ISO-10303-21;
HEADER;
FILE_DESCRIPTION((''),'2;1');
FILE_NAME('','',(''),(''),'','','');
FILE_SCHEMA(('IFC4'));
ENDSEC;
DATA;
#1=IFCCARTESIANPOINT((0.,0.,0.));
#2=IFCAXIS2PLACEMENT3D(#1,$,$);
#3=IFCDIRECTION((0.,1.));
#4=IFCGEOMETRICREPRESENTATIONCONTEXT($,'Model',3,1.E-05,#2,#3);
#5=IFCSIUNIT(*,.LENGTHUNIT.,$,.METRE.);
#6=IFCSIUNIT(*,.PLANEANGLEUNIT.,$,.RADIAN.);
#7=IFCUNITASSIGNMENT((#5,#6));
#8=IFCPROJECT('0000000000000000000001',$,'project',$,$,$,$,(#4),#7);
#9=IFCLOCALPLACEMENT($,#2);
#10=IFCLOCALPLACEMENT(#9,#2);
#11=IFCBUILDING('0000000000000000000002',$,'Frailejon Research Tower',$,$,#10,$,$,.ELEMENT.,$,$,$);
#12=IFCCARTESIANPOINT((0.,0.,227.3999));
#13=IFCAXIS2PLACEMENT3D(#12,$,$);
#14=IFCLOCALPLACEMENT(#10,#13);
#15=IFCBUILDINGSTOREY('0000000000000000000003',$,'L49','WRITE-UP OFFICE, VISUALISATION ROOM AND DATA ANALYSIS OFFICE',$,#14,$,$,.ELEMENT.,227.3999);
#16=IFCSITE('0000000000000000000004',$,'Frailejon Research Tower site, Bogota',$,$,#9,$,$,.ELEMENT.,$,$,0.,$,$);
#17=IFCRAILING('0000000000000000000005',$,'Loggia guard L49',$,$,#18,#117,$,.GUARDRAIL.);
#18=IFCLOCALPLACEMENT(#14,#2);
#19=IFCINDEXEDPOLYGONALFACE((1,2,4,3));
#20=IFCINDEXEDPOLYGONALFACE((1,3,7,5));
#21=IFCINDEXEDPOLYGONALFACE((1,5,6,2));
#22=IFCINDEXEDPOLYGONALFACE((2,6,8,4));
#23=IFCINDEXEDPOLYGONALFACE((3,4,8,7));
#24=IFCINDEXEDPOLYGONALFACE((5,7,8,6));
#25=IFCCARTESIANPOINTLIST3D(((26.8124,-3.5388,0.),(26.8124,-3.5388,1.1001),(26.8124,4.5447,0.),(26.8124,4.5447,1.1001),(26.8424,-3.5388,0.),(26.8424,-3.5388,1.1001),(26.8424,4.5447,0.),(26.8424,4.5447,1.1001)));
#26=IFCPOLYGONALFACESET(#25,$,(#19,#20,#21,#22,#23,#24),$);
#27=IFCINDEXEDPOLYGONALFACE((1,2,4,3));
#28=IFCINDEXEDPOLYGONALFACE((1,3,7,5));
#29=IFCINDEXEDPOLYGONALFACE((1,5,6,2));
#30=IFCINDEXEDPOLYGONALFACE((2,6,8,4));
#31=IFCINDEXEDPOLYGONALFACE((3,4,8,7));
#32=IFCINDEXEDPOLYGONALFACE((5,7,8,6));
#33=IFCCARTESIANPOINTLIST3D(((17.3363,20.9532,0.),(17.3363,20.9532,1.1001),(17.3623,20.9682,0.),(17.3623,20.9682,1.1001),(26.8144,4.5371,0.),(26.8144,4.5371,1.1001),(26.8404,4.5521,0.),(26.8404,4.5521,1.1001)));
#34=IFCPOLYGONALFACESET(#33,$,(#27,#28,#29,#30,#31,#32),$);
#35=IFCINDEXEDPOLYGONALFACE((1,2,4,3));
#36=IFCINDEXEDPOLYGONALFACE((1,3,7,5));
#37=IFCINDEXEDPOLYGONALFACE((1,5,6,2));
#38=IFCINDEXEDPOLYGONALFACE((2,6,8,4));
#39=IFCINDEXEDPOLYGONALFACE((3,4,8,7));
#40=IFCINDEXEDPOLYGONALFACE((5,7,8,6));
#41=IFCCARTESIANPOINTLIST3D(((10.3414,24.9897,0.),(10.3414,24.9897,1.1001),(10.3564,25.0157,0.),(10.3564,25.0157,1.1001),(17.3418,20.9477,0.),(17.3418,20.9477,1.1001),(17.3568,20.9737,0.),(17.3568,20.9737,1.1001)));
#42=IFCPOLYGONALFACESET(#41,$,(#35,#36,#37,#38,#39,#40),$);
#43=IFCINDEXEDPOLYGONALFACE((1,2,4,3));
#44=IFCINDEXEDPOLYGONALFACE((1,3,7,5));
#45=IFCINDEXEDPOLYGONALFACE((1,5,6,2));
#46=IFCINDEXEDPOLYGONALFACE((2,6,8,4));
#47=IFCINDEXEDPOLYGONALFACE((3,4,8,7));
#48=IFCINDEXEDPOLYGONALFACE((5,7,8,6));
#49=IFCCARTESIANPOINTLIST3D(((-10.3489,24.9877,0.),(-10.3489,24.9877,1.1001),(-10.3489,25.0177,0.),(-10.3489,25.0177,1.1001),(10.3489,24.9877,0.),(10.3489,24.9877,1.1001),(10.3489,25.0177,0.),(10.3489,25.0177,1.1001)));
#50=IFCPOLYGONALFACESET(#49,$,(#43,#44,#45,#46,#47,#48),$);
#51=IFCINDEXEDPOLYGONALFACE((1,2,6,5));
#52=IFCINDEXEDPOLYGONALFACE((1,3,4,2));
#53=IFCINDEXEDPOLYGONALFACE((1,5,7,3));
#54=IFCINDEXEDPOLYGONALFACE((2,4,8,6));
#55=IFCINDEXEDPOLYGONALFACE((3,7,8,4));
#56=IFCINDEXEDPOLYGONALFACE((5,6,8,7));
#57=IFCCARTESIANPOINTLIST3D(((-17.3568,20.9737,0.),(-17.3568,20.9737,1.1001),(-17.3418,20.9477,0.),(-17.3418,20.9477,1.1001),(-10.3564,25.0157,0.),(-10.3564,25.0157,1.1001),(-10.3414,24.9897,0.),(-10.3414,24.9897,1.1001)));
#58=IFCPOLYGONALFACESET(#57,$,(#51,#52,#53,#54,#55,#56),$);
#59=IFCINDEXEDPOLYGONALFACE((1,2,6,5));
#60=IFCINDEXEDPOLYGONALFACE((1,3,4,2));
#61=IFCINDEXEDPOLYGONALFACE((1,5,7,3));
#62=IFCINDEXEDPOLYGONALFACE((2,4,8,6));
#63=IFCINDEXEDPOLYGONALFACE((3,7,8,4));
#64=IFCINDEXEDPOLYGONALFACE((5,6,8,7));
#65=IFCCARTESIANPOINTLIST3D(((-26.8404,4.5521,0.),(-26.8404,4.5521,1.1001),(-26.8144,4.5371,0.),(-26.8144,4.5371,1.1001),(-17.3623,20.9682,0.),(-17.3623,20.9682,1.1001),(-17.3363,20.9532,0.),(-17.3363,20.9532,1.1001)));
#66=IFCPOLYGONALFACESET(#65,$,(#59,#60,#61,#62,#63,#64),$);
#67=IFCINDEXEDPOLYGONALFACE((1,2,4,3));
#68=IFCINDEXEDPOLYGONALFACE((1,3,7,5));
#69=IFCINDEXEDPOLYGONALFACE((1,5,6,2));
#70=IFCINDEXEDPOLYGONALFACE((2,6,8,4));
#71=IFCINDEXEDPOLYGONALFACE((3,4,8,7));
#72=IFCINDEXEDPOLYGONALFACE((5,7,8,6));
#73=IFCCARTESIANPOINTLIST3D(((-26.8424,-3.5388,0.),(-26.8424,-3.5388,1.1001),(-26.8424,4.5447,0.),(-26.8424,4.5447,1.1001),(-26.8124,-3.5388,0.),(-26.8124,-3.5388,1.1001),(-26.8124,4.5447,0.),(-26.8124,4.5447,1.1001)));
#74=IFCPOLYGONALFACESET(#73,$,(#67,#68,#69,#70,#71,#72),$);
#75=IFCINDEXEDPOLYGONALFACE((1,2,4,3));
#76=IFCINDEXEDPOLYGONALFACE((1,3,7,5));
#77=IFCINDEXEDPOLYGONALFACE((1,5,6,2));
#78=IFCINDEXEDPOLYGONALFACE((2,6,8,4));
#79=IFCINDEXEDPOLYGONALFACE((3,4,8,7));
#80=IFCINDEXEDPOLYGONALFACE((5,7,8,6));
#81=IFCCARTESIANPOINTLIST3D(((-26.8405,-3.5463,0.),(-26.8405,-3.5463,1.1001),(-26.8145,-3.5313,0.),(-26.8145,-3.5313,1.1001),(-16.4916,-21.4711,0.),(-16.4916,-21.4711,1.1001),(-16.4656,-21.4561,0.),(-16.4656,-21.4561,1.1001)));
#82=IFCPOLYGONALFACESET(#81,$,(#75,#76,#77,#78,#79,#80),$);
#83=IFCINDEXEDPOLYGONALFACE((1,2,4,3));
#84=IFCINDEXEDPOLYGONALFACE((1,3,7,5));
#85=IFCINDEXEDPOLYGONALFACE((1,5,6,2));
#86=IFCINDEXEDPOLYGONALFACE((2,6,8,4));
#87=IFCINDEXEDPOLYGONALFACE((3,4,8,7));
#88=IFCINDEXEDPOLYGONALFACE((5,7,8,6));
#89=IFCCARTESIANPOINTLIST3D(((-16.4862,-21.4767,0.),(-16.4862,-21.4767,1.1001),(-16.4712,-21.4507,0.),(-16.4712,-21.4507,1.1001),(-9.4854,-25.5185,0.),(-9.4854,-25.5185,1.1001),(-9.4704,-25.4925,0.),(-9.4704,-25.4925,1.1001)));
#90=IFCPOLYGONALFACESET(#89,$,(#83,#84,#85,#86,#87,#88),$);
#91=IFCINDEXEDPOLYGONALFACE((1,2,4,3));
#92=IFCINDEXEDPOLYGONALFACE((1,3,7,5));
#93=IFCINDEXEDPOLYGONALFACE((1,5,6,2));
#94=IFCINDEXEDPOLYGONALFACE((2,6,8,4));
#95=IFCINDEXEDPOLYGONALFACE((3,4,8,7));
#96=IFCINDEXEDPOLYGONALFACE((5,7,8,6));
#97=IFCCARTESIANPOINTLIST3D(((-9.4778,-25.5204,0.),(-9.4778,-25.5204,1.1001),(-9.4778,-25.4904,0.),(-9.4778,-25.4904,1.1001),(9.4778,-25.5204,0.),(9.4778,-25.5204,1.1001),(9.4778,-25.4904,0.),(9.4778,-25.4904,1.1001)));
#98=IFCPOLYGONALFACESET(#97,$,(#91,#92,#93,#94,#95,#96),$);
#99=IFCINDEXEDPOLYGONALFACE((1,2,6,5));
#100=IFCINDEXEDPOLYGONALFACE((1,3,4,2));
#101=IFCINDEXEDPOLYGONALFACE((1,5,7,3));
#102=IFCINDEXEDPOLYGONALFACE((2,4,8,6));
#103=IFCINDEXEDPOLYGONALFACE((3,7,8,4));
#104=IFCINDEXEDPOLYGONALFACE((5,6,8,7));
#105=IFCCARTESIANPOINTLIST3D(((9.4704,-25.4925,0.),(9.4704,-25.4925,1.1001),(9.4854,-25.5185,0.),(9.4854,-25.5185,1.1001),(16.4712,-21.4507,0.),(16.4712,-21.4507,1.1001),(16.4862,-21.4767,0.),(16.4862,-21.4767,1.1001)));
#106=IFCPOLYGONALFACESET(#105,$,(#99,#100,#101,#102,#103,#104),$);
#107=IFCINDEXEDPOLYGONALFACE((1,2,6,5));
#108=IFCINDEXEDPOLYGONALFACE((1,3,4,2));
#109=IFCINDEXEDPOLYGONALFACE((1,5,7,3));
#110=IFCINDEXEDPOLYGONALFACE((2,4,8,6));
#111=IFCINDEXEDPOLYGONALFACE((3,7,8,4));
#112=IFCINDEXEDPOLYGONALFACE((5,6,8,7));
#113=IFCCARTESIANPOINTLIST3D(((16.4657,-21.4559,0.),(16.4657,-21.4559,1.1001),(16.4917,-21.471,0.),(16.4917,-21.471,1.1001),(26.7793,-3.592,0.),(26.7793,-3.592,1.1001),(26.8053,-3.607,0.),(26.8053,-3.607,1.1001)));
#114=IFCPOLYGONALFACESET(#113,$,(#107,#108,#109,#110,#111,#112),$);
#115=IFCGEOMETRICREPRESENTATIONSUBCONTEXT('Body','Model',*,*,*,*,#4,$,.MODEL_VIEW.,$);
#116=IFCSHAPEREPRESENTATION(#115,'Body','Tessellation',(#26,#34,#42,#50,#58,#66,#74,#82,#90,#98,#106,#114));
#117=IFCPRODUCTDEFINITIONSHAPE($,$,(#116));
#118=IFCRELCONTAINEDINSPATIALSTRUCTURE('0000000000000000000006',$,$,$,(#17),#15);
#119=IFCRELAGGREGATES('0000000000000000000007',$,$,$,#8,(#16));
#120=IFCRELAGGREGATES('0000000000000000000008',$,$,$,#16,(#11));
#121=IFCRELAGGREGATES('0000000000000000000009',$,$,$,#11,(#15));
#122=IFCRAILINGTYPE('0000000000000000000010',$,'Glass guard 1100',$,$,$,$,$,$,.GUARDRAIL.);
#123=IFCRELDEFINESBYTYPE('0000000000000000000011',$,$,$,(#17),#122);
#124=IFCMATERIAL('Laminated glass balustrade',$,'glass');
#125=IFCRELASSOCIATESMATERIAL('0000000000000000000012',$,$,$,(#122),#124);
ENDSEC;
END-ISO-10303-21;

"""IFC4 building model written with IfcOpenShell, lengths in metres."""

from ifc_helpers import new_model, si_unit, direction, frame, origin, origin_2d, place, context, subcontext, project, spatial, rectangle, extrude, material, type_object, element, save


model = new_model("IFC4")

# Units and contexts
model_context = context("Model", 3, precision=1e-05, world=origin(), true_north=direction((0.0, 1.0)))
body_context = subcontext(model_context, "Body", "Model", "MODEL_VIEW")
ifc_project = project(units=[si_unit("LENGTHUNIT", "METRE"), si_unit("PLANEANGLEUNIT", "RADIAN")], contexts=[model_context])

# Site, building, storey
site_placement = place(None, origin())
site = spatial("IfcSite", under=ifc_project, at=site_placement, Name="Frailejon Research Tower site, Bogota", CompositionType="ELEMENT", RefElevation=0.0)
building_placement = place(site_placement, origin())
building = spatial("IfcBuilding", under=site, at=building_placement, Name="Frailejon Research Tower", CompositionType="ELEMENT")
storey_placement = place(building_placement, frame((0.0, 0.0, 227.3999)))
storey = spatial("IfcBuildingStorey", under=building, at=storey_placement, Name="L49", Description="WRITE-UP OFFICE, VISUALISATION ROOM AND DATA ANALYSIS OFFICE", CompositionType="ELEMENT", Elevation=227.3999)

# Railing
ifc_material_1 = material(Name="Laminated glass balustrade", Category="glass")
railing_type = type_object("IfcRailingType", Name="Glass guard 1100", PredefinedType="GUARDRAIL", material=ifc_material_1)
railing_placement = place(storey_placement, frame((26.8274, -3.5388, 0.0)))
element("IfcRailing", 1, at=railing_placement, inside=storey, type_object=railing_type, Name="Loggia guard L49", PredefinedType="GUARDRAIL", context=body_context, shape_type="SweptSolid", body=[
    extrude(rectangle(XDim=8.0835, YDim=0.03, at=origin_2d()), frame((0.0, 4.0417, 0.0), z_axis=(0.0, 0.0, 1.0), x_axis=(0.0, 1.0, 0.0)), (0.0, 0.0, 1.0), 1.1001),
    extrude(rectangle(XDim=18.9558, YDim=0.03, at=origin_2d()), frame((-4.739, 16.2915, 0.0), z_axis=(0.0, 0.0, 1.0), x_axis=(-0.500009, 0.86602, 0.0)), (0.0, 0.0, 1.0), 1.1001),
    extrude(rectangle(XDim=8.0835, YDim=0.03, at=origin_2d()), frame((-12.9783, 26.5205, 0.0), z_axis=(0.0, 0.0, 1.0), x_axis=(-0.866012, 0.500024, 0.0)), (0.0, 0.0, 1.0), 1.1001),
    extrude(rectangle(XDim=20.6978, YDim=0.03, at=origin_2d()), frame((-26.8274, 28.5415, 0.0), z_axis=(0.0, 0.0, 1.0), x_axis=(-1.0, 0.0, 0.0)), (0.0, 0.0, 1.0), 1.1001),
    extrude(rectangle(XDim=8.0835, YDim=0.03, at=origin_2d()), frame((-40.6765, 26.5205, 0.0), z_axis=(0.0, 0.0, 1.0), x_axis=(-0.866012, -0.500024, 0.0)), (0.0, 0.0, 1.0), 1.1001),
    extrude(rectangle(XDim=18.9558, YDim=0.03, at=origin_2d()), frame((-48.9158, 16.2915, 0.0), z_axis=(0.0, 0.0, 1.0), x_axis=(-0.500009, -0.86602, 0.0)), (0.0, 0.0, 1.0), 1.1001),
    extrude(rectangle(XDim=8.0835, YDim=0.03, at=origin_2d()), frame((-53.6548, 4.0417, 0.0), z_axis=(0.0, 0.0, 1.0), x_axis=(0.0, -1.0, 0.0)), (0.0, 0.0, 1.0), 1.1001),
    extrude(rectangle(XDim=20.6978, YDim=0.03, at=origin_2d()), frame((-48.4805, -8.9624, 0.0), z_axis=(0.0, 0.0, 1.0), x_axis=(0.499999, -0.866026, 0.0)), (0.0, 0.0, 1.0), 1.1001),
    extrude(rectangle(XDim=8.0837, YDim=0.03, at=origin_2d()), frame((-39.8057, -19.9458, 0.0), z_axis=(0.0, 0.0, 1.0), x_axis=(0.866032, -0.499988, 0.0)), (0.0, 0.0, 1.0), 1.1001),
    extrude(rectangle(XDim=18.9556, YDim=0.03, at=origin_2d()), frame((-26.8274, -21.9666, 0.0), z_axis=(0.0, 0.0, 1.0), x_axis=(1.0, 0.0, 0.0)), (0.0, 0.0, 1.0), 1.1001),
    extrude(rectangle(XDim=8.0837, YDim=0.03, at=origin_2d()), frame((-13.8491, -19.9458, 0.0), z_axis=(0.0, 0.0, 1.0), x_axis=(0.866032, 0.499988, 0.0)), (0.0, 0.0, 1.0), 1.1001),
    extrude(rectangle(XDim=20.6274, YDim=0.03, at=origin_2d()), frame((-5.1919, -8.9927, 0.0), z_axis=(0.0, 0.0, 1.0), x_axis=(0.499997, 0.866027, 0.0)), (0.0, 0.0, 1.0), 1.1001),
])

save(model, "model.ifc")
